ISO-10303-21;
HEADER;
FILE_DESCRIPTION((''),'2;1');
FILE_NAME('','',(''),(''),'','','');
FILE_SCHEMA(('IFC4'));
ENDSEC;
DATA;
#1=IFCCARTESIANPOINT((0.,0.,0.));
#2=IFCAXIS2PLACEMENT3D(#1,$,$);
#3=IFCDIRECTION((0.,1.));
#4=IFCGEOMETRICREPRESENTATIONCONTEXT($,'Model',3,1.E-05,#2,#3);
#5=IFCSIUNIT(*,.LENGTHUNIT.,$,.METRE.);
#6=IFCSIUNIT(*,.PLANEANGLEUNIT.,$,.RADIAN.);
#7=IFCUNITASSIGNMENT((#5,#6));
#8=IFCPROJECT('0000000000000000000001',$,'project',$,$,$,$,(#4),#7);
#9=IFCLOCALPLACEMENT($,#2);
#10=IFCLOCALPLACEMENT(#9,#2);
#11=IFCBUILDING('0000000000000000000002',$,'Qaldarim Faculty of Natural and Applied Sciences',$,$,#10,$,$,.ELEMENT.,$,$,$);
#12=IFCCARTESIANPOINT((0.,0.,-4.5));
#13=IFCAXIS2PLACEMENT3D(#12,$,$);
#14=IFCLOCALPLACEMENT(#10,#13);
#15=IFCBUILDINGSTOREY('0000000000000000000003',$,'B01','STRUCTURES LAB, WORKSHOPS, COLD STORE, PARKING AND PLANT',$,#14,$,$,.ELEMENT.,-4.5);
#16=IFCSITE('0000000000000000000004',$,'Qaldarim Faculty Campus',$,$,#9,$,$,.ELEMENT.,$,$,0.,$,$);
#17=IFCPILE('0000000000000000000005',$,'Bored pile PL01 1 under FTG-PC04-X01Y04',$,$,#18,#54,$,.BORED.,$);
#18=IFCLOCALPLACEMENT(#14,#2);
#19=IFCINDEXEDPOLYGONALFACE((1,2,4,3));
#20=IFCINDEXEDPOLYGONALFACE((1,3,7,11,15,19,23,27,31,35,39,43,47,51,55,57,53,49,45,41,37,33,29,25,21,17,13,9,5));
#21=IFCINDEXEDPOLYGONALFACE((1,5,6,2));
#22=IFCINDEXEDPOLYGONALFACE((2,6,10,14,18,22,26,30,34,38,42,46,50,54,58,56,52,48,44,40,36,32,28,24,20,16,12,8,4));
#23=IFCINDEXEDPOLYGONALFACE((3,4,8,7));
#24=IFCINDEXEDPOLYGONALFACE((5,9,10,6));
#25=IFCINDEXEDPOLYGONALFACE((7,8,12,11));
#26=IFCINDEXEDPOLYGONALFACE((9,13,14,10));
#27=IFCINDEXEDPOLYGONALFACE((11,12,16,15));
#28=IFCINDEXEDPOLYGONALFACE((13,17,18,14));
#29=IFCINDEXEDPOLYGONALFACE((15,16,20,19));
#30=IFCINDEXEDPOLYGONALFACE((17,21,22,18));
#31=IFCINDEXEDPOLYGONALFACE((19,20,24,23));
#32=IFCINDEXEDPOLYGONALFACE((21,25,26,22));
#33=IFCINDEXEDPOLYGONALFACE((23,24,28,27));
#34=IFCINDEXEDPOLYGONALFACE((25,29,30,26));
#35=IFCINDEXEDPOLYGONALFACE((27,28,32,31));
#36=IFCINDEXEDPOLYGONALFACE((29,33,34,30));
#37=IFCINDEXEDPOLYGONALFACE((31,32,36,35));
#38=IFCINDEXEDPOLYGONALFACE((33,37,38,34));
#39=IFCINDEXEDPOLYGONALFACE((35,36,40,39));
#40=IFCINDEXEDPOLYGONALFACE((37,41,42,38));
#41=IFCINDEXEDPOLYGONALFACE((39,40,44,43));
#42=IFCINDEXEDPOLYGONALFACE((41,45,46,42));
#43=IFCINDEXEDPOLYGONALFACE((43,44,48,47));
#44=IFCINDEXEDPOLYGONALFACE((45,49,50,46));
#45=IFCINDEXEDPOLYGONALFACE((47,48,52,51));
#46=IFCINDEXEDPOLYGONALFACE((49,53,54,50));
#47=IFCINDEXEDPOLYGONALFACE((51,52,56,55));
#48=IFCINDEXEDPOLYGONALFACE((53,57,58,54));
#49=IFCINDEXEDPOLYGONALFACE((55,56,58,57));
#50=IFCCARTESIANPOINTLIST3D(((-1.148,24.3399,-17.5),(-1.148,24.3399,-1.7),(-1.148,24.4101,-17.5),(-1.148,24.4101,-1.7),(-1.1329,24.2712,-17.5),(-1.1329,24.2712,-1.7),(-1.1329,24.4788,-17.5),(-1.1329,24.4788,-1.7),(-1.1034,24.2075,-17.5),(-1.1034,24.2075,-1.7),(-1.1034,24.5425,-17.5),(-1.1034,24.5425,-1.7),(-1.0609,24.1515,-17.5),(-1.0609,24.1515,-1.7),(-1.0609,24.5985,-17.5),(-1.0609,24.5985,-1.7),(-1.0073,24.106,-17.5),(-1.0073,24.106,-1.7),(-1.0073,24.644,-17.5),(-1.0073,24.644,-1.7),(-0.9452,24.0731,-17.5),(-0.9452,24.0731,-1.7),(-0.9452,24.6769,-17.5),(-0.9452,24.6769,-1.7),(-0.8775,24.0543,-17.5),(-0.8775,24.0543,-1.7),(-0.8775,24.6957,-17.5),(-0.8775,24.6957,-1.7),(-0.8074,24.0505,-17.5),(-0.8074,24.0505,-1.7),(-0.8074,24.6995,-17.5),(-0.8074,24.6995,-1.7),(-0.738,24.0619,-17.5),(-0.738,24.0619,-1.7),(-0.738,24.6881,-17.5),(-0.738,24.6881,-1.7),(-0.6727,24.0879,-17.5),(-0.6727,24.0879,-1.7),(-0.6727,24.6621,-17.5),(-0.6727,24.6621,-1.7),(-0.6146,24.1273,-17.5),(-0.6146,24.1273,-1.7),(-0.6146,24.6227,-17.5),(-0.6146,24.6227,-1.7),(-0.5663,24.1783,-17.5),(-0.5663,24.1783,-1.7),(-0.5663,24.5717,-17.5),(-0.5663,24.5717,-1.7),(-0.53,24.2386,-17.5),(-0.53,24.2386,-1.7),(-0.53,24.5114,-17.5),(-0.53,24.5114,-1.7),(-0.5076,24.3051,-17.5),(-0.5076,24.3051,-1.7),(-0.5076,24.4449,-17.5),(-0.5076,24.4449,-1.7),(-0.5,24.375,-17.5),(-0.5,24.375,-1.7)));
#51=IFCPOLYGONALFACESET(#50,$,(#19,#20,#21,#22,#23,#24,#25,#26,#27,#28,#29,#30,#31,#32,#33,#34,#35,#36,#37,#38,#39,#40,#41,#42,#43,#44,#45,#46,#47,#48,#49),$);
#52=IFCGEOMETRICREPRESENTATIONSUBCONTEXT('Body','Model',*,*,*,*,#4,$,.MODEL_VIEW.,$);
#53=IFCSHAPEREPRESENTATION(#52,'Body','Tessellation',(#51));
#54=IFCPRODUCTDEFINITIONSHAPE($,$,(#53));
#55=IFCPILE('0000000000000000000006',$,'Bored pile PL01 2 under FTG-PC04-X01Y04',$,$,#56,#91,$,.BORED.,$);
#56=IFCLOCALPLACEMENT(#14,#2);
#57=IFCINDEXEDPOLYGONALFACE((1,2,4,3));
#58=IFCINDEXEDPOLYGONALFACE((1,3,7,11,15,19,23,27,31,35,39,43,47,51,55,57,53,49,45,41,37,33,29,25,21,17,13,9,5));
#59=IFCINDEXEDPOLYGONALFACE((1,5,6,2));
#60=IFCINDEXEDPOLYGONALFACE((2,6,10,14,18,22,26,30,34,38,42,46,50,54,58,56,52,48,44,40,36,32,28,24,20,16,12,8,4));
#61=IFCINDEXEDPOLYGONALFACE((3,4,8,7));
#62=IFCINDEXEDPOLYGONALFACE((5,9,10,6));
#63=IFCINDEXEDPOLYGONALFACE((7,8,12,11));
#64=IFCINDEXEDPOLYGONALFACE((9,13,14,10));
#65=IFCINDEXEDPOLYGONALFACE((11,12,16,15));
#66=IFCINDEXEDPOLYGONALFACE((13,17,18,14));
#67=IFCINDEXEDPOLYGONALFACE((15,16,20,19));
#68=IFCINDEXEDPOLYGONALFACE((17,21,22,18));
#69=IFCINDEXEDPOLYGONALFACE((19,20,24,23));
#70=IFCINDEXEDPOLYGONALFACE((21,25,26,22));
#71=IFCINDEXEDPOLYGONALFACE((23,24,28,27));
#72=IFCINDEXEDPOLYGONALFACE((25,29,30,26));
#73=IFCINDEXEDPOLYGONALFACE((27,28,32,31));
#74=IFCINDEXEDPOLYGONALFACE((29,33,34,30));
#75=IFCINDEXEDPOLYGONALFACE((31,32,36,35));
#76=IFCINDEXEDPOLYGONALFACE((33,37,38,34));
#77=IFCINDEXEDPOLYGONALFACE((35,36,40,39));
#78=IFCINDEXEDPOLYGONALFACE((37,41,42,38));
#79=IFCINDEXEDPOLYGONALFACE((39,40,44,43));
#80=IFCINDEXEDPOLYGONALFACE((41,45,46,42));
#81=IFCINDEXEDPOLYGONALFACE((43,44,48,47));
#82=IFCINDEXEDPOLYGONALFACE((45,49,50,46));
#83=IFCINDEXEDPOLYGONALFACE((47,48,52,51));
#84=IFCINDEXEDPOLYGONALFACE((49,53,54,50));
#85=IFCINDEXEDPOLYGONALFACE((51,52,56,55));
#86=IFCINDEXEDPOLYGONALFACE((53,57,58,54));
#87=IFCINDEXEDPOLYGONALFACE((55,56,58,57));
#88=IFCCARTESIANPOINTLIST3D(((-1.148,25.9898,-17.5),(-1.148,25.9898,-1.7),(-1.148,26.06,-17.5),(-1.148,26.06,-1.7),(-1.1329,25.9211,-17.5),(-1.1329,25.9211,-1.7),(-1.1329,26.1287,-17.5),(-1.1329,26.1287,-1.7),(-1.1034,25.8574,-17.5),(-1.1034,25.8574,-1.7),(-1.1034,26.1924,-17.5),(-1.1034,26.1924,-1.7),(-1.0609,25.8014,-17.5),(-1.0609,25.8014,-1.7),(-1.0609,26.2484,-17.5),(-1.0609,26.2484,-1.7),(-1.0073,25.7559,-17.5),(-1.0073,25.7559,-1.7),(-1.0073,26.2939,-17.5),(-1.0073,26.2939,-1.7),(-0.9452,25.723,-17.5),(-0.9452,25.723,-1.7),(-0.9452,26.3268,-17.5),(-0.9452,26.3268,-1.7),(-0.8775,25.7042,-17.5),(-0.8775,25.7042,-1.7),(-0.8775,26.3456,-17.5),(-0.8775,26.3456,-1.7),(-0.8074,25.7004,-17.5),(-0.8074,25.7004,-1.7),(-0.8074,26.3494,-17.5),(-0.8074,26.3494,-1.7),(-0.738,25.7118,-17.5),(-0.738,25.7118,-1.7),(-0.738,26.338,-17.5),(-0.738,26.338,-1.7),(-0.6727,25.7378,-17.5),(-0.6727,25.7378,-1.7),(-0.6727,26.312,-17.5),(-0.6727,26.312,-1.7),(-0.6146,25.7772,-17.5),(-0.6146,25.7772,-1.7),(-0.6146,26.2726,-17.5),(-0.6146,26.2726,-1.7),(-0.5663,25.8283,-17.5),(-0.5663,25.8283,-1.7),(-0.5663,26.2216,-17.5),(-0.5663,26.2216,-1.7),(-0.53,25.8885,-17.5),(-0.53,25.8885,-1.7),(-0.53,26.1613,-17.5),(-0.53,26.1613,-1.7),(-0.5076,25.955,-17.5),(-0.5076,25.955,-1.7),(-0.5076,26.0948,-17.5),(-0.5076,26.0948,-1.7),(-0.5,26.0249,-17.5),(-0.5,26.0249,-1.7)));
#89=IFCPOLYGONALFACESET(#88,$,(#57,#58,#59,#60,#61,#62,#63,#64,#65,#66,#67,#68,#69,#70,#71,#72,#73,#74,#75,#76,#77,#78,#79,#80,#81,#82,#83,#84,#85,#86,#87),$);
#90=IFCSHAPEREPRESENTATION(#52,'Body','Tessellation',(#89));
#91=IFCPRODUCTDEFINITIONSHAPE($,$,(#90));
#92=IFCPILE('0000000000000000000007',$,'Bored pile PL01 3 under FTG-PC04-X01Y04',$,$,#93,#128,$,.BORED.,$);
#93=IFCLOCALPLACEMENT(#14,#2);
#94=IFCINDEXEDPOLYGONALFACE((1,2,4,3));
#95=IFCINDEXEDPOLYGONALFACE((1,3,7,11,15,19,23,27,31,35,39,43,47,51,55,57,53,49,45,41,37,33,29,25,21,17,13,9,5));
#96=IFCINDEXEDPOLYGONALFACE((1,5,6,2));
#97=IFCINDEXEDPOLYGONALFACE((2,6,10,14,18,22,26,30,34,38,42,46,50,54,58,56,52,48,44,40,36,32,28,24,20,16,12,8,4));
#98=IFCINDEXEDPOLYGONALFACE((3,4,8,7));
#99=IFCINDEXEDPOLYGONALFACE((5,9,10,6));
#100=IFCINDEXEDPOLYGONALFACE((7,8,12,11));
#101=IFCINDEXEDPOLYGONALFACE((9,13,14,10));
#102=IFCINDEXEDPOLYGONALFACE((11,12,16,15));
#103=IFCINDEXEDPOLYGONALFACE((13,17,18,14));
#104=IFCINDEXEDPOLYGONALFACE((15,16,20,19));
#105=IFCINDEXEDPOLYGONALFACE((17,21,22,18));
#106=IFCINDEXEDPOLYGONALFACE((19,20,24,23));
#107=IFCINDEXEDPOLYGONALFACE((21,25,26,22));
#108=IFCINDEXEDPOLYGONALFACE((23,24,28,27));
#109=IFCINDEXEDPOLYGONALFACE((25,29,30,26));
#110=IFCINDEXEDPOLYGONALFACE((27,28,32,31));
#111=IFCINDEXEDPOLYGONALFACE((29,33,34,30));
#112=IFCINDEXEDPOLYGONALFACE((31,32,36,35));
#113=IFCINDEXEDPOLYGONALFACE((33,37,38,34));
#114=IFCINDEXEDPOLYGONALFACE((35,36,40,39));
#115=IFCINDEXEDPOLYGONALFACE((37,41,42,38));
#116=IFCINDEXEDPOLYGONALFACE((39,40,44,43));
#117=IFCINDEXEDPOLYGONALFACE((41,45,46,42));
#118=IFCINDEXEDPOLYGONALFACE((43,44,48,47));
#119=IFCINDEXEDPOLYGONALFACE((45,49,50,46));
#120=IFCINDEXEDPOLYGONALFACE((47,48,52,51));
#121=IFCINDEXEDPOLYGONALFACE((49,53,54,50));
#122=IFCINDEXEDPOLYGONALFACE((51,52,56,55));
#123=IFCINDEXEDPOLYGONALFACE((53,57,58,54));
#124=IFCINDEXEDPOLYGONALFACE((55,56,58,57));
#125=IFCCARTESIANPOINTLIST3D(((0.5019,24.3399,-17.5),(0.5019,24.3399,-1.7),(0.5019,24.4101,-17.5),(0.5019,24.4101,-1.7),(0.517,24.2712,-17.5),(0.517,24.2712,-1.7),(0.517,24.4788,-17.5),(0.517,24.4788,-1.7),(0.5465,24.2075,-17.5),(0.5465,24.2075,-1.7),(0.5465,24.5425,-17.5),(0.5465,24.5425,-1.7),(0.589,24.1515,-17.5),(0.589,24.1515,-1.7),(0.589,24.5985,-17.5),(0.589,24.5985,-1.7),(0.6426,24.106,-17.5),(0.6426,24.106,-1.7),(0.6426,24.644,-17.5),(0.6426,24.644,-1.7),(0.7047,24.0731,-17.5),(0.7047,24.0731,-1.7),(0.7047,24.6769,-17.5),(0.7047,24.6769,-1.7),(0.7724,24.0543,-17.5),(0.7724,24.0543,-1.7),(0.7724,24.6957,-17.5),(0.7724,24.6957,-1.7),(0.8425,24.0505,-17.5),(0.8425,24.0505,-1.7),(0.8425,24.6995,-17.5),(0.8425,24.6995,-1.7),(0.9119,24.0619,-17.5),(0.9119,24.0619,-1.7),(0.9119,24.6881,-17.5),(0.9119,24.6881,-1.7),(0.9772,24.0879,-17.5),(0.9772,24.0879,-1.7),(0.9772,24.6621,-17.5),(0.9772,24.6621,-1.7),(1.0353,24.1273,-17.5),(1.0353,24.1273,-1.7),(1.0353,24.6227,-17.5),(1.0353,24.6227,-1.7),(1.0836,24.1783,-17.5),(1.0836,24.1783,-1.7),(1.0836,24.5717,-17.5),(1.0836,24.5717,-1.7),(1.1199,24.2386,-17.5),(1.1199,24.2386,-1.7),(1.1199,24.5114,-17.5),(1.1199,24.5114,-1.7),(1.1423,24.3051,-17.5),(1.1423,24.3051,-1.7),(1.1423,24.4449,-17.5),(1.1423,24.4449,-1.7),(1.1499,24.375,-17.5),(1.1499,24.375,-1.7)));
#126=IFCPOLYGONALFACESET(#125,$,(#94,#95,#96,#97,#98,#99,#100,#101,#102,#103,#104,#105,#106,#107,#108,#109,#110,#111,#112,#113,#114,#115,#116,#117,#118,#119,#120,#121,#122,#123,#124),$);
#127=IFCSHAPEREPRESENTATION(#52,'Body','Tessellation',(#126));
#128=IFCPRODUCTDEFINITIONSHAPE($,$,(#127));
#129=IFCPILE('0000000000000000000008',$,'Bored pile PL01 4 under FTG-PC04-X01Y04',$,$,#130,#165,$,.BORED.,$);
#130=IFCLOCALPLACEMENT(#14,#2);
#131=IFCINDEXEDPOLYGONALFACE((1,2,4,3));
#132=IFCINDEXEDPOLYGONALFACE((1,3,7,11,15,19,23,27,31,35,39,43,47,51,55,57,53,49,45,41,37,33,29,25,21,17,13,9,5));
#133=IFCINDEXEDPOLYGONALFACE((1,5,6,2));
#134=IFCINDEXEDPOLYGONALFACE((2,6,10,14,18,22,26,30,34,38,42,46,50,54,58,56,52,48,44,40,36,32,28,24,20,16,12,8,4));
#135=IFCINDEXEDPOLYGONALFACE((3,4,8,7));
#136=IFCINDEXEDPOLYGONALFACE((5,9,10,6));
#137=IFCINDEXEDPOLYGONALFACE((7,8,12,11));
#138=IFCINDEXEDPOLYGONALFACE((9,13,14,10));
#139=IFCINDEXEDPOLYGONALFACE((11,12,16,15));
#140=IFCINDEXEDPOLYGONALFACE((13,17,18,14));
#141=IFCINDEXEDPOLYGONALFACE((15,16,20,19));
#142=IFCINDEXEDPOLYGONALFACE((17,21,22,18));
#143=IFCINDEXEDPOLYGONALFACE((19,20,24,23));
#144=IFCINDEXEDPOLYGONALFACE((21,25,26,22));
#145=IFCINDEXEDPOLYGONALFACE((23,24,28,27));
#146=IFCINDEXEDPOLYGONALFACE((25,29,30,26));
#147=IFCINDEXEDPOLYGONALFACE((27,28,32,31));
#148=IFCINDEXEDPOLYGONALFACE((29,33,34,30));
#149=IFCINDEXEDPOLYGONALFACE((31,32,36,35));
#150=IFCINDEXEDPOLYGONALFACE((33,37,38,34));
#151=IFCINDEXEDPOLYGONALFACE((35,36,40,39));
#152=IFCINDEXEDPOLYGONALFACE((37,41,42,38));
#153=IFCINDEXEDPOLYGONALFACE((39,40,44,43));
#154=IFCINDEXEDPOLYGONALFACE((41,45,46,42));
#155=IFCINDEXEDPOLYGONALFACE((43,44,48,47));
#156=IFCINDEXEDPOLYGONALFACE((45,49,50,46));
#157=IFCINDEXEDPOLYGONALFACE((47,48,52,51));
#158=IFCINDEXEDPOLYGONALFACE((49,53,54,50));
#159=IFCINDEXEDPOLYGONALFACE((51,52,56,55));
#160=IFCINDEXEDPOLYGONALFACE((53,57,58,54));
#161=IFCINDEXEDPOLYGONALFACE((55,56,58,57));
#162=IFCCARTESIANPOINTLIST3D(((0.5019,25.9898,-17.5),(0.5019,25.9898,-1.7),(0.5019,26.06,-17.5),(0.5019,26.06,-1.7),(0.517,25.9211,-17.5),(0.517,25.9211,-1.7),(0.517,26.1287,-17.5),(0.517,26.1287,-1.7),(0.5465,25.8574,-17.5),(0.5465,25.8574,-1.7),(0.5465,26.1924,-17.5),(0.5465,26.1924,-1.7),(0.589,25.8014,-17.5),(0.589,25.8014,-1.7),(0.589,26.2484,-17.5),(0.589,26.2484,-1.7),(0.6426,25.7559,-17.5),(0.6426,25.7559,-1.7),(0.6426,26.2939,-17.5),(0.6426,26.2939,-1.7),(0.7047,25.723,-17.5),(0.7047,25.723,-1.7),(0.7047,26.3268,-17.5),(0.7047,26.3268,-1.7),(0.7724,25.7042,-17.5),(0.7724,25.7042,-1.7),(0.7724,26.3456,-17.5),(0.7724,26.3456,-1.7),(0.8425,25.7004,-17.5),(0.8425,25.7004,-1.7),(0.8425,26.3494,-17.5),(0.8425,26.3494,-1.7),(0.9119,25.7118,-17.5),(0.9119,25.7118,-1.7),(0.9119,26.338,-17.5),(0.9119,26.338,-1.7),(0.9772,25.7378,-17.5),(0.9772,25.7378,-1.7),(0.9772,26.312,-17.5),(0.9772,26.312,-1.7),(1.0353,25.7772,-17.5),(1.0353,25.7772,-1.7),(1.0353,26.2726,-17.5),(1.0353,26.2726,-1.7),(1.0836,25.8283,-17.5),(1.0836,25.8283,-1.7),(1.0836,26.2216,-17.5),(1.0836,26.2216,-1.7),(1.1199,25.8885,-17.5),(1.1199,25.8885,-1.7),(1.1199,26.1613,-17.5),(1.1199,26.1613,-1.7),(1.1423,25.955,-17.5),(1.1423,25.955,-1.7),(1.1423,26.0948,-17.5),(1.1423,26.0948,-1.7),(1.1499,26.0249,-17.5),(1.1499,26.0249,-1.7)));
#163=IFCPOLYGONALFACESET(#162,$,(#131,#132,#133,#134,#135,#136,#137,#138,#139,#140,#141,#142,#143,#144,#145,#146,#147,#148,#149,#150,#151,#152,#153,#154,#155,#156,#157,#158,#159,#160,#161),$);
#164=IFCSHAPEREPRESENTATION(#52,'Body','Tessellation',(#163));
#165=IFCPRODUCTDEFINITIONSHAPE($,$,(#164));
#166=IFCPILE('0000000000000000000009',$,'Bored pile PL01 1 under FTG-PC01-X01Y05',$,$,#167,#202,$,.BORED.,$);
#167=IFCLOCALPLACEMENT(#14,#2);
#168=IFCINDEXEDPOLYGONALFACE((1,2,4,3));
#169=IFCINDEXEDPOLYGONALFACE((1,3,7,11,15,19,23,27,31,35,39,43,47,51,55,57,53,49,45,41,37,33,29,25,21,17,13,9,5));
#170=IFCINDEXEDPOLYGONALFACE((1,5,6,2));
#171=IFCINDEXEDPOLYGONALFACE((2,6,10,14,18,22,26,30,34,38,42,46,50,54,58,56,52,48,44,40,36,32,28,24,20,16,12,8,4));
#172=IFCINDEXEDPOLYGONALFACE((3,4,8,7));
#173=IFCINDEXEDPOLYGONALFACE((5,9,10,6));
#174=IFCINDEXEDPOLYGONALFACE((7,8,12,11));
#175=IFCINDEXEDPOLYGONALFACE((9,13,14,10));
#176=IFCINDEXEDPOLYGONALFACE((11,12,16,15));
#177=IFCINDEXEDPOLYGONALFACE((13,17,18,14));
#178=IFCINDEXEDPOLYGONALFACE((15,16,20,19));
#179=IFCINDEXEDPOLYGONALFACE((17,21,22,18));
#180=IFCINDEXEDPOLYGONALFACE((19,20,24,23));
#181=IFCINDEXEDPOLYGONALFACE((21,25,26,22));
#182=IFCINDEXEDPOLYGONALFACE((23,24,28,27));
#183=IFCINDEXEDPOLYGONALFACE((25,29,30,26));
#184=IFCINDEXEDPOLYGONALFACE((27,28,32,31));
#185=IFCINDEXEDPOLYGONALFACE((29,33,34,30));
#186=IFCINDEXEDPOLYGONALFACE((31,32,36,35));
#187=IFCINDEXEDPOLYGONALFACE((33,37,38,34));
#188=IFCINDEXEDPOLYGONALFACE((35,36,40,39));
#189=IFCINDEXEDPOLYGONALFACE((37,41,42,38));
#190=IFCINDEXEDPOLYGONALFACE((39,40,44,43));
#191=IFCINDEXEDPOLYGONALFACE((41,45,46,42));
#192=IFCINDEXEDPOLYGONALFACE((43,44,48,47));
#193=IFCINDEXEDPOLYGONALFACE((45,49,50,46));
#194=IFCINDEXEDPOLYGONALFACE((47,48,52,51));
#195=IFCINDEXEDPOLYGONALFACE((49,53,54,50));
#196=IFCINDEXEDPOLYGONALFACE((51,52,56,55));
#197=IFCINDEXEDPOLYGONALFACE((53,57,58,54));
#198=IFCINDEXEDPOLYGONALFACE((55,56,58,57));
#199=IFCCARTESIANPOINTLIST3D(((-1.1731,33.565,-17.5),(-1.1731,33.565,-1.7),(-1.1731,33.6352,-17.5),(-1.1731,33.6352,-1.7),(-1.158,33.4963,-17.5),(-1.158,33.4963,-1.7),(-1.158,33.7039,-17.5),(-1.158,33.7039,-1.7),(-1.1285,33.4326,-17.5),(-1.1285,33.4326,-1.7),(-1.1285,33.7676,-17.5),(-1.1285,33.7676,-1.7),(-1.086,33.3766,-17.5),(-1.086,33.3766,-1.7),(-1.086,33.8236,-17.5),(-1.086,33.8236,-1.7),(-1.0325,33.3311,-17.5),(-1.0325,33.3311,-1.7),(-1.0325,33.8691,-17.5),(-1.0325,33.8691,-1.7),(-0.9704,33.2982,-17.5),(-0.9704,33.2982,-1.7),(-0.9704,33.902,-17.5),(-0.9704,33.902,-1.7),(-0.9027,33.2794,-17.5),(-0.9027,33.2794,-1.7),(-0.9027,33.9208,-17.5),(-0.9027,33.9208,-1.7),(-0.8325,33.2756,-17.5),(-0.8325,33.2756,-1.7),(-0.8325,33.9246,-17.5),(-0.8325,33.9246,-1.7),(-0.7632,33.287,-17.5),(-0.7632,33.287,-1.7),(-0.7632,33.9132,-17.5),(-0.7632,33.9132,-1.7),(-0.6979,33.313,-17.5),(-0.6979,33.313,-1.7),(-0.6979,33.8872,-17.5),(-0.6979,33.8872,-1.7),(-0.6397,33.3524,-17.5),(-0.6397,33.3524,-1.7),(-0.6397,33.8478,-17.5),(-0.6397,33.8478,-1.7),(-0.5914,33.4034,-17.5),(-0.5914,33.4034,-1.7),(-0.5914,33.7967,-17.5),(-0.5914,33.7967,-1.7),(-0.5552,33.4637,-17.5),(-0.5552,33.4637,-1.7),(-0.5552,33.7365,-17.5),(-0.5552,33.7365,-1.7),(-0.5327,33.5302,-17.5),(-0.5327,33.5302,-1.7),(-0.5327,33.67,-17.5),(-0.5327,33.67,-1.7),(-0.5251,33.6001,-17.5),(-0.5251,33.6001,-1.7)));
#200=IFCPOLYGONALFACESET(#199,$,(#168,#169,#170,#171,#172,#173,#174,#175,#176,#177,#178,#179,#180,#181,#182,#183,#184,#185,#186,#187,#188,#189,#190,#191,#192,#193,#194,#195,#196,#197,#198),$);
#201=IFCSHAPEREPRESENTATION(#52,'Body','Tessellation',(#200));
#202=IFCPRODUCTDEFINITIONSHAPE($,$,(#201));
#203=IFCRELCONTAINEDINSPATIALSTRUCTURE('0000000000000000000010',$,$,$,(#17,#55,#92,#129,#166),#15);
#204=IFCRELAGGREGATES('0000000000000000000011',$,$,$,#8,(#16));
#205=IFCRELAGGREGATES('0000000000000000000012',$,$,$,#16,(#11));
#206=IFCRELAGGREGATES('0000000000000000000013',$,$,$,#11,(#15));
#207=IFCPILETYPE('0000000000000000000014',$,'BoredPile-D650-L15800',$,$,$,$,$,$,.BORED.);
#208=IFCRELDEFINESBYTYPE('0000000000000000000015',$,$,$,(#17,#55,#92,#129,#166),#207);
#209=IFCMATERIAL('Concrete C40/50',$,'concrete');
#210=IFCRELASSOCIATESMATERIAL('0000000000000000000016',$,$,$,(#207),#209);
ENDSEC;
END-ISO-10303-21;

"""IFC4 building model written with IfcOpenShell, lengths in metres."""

from ifc_helpers import new_model, si_unit, direction, frame, origin, origin_2d, place, context, subcontext, project, spatial, circle, extrude, material, material_profile, profile_set, type_object, element, save


model = new_model("IFC4")

# Units and contexts
model_context = context("Model", 3, precision=1e-05, world=origin(), true_north=direction((0.0, 1.0)))
body_context = subcontext(model_context, "Body", "Model", "MODEL_VIEW")
ifc_project = project(units=[si_unit("LENGTHUNIT", "METRE"), si_unit("PLANEANGLEUNIT", "RADIAN")], contexts=[model_context])

# Site, building, storey
site_placement = place(None, origin())
site = spatial("IfcSite", under=ifc_project, at=site_placement, Name="Qaldarim Faculty Campus", CompositionType="ELEMENT", RefElevation=0.0)
building_placement = place(site_placement, origin())
building = spatial("IfcBuilding", under=site, at=building_placement, Name="Qaldarim Faculty of Natural and Applied Sciences", CompositionType="ELEMENT")
storey_placement = place(building_placement, frame((0.0, 0.0, -4.5)))
storey = spatial("IfcBuildingStorey", under=building, at=storey_placement, Name="B01", Description="STRUCTURES LAB, WORKSHOPS, COLD STORE, PARKING AND PLANT", CompositionType="ELEMENT", Elevation=-4.5)

# Piles
ifc_material_1 = material(Name="Concrete C40/50", Category="concrete")
ifc_material_profile_1 = material_profile(ifc_material_1, circle(Radius=0.325, at=origin_2d()), Name="PILE-D650")
ifc_profile_set_1 = profile_set([ifc_material_profile_1], Name="Concrete C40/50")
pile_type = type_object("IfcPileType", Name="BoredPile-D650-L15800", PredefinedType="BORED", material=ifc_profile_set_1)
for number, where, z_axis, x_axis, name in (
    (1, (-0.825, 24.375, -1.7), (0.0, 0.0, -1.0), (1.0, 0.0, 0.0), "Bored pile PL01 1 under FTG-PC04-X01Y04"),
    (2, (-0.825, 26.0249, -1.7), (0.0, 0.0, -1.0), (1.0, 0.0, 0.0), "Bored pile PL01 2 under FTG-PC04-X01Y04"),
    (3, (0.825, 24.375, -1.7), (0.0, 0.0, -1.0), (1.0, 0.0, 0.0), "Bored pile PL01 3 under FTG-PC04-X01Y04"),
    (4, (0.825, 26.0249, -1.7), (0.0, 0.0, -1.0), (1.0, 0.0, 0.0), "Bored pile PL01 4 under FTG-PC04-X01Y04"),
    (5, (-0.8501, 33.6001, -1.7), (0.0, 0.0, -1.0), (1.0, 0.0, 0.0), "Bored pile PL01 1 under FTG-PC01-X01Y05"),
):
    element("IfcPile", number, at=place(storey_placement, frame(where, z_axis=z_axis, x_axis=x_axis)), inside=storey, type_object=pile_type, Name=name, PredefinedType="BORED", context=body_context, shape_type="SweptSolid", body=[
        extrude(circle(Radius=0.325, at=origin_2d()), origin(), (0.0, 0.0, 1.0), 15.8),
    ])

save(model, "model.ifc")
